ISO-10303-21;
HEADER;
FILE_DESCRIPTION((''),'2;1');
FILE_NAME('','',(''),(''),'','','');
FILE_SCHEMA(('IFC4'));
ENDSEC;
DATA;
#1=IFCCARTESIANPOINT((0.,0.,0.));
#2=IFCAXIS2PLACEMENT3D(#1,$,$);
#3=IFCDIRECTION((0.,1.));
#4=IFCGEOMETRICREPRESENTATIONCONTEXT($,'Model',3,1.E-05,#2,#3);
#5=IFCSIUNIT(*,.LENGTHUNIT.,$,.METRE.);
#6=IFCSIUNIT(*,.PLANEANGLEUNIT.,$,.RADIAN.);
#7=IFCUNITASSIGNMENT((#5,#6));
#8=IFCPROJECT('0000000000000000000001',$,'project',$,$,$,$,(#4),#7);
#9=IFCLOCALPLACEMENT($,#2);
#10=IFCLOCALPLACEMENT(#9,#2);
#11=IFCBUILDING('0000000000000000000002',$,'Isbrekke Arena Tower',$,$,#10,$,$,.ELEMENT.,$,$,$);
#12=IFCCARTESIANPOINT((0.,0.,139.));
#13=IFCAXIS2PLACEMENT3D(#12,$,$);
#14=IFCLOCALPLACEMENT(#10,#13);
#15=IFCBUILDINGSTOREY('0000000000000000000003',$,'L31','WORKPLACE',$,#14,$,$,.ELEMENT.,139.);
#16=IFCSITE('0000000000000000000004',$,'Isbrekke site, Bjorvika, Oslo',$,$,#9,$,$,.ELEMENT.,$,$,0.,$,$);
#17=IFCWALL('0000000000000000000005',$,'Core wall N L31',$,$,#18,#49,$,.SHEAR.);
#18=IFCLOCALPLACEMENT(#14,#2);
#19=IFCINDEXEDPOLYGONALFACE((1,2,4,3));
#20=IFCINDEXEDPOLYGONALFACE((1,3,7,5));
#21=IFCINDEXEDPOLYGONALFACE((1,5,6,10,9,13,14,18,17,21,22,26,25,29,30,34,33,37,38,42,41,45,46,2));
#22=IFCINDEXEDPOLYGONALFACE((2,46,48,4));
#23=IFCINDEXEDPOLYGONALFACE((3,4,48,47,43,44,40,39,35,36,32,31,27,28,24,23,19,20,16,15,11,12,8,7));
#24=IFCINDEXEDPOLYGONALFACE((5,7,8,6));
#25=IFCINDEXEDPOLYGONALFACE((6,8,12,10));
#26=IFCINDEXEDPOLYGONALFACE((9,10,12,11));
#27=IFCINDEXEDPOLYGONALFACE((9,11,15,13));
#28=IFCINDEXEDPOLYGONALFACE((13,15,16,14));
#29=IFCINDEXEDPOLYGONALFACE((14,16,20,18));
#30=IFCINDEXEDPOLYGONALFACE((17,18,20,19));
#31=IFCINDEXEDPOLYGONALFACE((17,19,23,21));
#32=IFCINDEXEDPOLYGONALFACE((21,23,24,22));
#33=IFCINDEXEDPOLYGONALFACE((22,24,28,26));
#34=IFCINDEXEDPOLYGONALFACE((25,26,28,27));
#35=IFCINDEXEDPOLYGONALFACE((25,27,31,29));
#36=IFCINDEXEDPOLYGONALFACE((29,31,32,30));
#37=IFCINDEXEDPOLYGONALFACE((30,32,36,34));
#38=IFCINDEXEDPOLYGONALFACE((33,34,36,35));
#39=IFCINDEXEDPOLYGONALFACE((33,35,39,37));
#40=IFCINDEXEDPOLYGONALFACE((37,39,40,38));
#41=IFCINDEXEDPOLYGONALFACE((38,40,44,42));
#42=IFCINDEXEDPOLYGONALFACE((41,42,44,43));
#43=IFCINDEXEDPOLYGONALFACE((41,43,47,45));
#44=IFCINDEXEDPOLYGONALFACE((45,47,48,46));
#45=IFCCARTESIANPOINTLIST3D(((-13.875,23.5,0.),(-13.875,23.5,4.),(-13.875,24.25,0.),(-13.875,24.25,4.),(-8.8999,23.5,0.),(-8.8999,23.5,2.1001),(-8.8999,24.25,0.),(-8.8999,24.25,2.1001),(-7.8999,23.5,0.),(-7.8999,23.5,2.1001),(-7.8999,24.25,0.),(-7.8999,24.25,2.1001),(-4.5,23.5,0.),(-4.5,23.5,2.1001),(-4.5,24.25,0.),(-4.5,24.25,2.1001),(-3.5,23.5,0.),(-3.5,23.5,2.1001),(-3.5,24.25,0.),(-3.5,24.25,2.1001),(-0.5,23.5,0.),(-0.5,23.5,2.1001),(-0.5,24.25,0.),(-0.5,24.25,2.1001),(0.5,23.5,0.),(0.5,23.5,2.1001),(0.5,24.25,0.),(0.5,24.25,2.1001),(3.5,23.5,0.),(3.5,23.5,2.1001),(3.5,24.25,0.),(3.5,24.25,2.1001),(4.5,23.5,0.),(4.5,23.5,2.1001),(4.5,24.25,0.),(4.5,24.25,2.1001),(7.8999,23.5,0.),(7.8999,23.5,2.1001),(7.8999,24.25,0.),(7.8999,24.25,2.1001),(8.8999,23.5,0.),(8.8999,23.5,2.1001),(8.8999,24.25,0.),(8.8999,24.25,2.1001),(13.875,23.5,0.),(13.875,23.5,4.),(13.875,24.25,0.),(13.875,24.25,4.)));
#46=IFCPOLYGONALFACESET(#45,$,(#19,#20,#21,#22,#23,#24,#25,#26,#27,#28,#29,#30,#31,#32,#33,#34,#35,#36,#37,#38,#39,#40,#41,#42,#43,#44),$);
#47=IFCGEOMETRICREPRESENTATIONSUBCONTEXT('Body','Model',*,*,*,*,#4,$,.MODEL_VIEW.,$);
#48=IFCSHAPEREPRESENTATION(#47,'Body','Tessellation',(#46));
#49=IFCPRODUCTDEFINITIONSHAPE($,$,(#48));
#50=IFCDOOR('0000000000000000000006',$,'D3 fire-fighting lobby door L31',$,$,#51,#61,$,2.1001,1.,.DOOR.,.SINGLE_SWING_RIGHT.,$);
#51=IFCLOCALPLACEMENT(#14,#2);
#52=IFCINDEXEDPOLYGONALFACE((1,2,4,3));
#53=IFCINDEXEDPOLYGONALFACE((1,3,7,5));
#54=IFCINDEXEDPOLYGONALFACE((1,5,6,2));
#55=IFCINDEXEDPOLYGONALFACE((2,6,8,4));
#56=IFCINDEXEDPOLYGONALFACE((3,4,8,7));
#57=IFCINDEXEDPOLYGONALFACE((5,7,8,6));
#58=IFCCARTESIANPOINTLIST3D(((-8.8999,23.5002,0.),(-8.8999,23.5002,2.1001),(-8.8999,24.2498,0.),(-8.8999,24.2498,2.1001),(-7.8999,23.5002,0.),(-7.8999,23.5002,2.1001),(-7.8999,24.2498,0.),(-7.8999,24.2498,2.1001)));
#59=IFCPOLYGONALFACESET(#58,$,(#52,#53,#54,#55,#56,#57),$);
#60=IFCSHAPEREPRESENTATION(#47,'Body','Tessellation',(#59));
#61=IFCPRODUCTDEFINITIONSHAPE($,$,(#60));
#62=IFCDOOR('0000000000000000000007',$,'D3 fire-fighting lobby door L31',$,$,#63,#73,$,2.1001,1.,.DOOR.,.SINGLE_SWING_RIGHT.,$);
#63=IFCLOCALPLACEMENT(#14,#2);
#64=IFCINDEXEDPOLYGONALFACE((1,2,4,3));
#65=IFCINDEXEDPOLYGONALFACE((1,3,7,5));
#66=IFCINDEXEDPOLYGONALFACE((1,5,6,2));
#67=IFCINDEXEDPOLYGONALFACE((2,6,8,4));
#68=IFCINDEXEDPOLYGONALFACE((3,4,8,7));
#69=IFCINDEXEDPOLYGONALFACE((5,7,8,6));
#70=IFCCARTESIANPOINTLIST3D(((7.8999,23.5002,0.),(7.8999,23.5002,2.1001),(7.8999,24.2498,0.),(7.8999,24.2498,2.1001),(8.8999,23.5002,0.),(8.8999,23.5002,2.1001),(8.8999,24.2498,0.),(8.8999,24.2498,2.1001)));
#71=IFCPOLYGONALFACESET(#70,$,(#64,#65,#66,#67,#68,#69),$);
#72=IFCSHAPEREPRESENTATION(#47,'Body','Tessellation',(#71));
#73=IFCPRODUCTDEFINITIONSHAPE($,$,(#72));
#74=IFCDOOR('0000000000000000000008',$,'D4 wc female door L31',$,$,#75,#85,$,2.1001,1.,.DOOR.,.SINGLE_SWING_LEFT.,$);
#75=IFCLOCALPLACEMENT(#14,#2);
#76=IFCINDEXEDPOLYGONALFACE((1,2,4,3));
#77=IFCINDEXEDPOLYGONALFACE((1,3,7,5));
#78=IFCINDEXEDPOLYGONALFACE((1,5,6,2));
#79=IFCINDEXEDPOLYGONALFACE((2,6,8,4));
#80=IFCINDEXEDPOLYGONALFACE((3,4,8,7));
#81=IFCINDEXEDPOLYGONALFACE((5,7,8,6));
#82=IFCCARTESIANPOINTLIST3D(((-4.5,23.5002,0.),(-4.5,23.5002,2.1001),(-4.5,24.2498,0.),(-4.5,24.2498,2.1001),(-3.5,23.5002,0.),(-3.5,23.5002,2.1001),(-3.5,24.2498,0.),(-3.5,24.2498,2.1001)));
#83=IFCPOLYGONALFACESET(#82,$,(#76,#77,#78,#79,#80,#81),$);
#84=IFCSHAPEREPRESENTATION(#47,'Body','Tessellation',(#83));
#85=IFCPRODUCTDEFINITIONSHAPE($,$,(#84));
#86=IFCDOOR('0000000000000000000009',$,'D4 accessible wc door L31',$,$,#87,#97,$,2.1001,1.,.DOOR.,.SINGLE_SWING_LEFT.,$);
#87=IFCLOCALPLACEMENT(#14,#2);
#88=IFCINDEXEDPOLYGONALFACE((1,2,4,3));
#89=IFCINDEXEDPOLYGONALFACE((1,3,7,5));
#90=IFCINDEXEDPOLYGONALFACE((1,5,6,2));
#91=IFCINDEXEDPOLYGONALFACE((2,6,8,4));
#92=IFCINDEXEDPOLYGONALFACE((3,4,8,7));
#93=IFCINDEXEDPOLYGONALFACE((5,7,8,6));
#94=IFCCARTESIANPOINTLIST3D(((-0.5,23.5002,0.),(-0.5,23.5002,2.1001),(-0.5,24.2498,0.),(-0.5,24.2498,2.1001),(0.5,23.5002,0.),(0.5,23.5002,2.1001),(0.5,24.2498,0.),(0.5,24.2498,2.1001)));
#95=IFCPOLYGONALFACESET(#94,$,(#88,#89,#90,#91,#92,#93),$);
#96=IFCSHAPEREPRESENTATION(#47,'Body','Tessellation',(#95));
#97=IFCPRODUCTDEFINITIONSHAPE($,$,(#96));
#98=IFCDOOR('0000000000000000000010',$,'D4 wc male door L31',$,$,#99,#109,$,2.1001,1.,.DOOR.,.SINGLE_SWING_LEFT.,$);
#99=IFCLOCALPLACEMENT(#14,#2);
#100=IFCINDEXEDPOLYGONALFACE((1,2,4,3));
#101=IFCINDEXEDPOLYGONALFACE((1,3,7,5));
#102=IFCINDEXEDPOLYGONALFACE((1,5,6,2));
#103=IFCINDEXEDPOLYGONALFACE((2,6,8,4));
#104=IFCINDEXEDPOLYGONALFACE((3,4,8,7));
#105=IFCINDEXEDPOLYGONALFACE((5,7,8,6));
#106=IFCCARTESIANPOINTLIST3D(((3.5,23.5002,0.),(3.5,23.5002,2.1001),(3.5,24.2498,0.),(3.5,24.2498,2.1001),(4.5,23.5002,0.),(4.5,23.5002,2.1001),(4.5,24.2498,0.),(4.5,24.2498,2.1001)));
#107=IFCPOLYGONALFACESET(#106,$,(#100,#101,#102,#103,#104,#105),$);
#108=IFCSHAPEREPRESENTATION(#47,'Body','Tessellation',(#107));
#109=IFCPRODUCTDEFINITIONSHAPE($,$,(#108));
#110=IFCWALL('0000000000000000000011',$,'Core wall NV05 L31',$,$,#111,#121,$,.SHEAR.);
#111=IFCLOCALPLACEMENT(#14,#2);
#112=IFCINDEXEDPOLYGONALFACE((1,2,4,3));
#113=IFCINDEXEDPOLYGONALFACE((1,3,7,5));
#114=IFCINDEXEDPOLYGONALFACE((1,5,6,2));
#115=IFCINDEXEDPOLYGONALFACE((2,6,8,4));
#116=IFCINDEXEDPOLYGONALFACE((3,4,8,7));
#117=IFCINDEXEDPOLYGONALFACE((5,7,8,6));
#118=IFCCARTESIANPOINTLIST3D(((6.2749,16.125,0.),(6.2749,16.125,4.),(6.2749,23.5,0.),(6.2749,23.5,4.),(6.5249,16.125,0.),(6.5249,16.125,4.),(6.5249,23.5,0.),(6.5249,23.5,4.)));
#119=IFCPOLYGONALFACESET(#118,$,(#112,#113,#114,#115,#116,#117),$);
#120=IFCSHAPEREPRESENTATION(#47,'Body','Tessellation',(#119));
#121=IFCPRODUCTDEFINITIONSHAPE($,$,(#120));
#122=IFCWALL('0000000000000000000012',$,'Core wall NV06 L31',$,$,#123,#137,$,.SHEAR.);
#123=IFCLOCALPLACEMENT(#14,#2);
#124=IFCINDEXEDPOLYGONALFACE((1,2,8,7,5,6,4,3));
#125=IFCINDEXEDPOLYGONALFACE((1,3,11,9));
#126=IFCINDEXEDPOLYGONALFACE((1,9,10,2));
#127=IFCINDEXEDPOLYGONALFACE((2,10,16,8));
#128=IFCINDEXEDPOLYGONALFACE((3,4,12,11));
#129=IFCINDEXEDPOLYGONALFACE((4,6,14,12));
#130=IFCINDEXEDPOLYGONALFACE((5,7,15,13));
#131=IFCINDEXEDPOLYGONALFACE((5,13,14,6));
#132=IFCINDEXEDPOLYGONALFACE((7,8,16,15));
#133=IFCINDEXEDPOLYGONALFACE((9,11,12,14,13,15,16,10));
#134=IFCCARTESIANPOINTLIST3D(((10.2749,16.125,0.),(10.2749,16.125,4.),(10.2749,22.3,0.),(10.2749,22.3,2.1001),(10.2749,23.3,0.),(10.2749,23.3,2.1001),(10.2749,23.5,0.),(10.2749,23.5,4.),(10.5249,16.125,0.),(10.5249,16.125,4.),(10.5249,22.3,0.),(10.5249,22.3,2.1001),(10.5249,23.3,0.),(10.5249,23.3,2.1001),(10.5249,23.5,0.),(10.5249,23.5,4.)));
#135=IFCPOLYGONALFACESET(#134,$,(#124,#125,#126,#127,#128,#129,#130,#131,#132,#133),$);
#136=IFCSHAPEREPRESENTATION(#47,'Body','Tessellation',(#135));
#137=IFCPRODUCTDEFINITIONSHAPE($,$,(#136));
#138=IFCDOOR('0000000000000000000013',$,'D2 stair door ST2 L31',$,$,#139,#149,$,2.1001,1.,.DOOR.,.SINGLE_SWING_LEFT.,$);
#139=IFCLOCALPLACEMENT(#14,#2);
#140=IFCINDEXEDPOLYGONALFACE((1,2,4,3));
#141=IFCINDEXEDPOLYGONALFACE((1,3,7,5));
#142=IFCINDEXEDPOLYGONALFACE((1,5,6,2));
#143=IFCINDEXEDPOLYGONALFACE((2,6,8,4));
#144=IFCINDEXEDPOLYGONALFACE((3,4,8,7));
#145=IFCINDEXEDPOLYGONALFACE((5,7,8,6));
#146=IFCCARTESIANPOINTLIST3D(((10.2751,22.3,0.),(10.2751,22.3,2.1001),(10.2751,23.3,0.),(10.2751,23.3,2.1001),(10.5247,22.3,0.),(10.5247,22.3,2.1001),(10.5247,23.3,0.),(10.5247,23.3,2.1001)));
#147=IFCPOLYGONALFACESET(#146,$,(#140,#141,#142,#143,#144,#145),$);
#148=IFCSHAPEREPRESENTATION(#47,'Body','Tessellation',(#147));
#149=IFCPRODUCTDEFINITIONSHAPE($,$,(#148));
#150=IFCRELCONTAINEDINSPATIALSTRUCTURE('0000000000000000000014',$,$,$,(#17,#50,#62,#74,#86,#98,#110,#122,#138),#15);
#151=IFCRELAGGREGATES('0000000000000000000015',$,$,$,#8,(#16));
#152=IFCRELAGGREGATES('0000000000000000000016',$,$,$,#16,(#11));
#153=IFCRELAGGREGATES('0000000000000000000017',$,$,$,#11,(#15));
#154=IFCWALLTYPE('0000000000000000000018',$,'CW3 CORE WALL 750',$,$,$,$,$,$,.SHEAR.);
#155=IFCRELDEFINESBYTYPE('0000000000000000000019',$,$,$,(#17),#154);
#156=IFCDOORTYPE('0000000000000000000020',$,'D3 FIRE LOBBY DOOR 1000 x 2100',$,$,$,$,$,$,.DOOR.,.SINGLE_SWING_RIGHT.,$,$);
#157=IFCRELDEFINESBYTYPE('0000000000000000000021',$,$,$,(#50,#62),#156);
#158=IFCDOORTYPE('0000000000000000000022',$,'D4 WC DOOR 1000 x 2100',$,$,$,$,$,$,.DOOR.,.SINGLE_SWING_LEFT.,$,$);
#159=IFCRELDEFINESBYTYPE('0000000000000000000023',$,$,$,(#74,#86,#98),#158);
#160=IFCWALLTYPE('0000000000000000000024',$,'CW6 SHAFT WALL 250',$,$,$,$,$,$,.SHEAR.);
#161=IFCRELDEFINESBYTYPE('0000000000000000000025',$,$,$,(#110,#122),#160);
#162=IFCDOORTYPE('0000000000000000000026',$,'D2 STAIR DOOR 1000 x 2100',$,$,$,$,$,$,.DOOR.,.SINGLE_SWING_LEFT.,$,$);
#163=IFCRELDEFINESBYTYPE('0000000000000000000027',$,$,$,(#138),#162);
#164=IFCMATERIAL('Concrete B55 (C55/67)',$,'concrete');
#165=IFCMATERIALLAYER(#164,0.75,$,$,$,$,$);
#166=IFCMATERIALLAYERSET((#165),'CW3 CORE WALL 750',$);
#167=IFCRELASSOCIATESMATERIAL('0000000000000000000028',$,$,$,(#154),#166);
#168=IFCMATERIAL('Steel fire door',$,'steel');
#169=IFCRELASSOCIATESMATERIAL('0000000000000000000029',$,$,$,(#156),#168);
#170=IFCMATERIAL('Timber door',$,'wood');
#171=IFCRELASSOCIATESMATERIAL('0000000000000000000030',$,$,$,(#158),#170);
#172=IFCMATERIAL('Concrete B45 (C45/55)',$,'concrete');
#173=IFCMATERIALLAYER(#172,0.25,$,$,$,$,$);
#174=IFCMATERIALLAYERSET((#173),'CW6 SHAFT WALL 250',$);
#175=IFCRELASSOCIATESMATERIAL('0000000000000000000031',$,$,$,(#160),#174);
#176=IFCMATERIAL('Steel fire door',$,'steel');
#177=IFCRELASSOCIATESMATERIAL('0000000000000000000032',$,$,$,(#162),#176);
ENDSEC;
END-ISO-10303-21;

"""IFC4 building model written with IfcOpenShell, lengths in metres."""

from ifc_helpers import new_model, si_unit, direction, frame, frame_2d, origin, place, context, subcontext, project, spatial, rectangle, extrude, material, layer, layer_set, type_object, element, fill, save


model = new_model("IFC4")

# Units and contexts
model_context = context("Model", 3, precision=1e-05, world=origin(), true_north=direction((0.0, 1.0)))
body_context = subcontext(model_context, "Body", "Model", "MODEL_VIEW")
ifc_project = project(units=[si_unit("LENGTHUNIT", "METRE"), si_unit("PLANEANGLEUNIT", "RADIAN")], contexts=[model_context])

# Site, building, storey
site_placement = place(None, origin())
site = spatial("IfcSite", under=ifc_project, at=site_placement, Name="Isbrekke site, Bjorvika, Oslo", CompositionType="ELEMENT", RefElevation=0.0)
building_placement = place(site_placement, origin())
building = spatial("IfcBuilding", under=site, at=building_placement, Name="Isbrekke Arena Tower", CompositionType="ELEMENT")
storey_placement = place(building_placement, frame((0.0, 0.0, 139.0)))
storey = spatial("IfcBuildingStorey", under=building, at=storey_placement, Name="L31", Description="WORKPLACE", CompositionType="ELEMENT", Elevation=139.0)

# Wall, openings, doors
ifc_material_1 = material(Name="Concrete B55 (C55/67)", Category="concrete")
ifc_layer_1 = layer(ifc_material_1, 0.75)
ifc_layer_set_1 = layer_set([ifc_layer_1], Name="CW3 CORE WALL 750")
wall_type_1 = type_object("IfcWallType", Name="CW3 CORE WALL 750", PredefinedType="SHEAR", material=ifc_layer_set_1)
wall_1_placement = place(storey_placement, frame((13.875, 23.875, 0.0), z_axis=(0.0, 0.0, 1.0), x_axis=(-1.0, 0.0, 0.0)))
wall_1 = element("IfcWall", 1, at=wall_1_placement, inside=storey, type_object=wall_type_1, Name="Core wall N L31", PredefinedType="SHEAR", context=body_context, shape_type="SweptSolid", body=[
    extrude(rectangle(XDim=27.75, YDim=0.75, at=frame_2d((13.875, 0.0))), origin(), (0.0, 0.0, 1.0), 4.0),
])
opening_1_placement = place(wall_1_placement, frame((21.7749, 0.0, 0.0)))
opening_1 = element("IfcOpeningElement", 2, at=opening_1_placement, cuts=wall_1, PredefinedType="OPENING", context=body_context, shape_type="SweptSolid", body=[
    extrude(rectangle(XDim=1.0, YDim=2.1001, at=frame_2d((0.5, 1.05))), frame((0.0, 0.3899, 0.0), z_axis=(0.0, -1.0, 0.0), x_axis=(1.0, 0.0, 0.0)), (0.0, 0.0, 1.0), 0.7798),
])
opening_2_placement = place(wall_1_placement, frame((4.9751, 0.0, 0.0)))
opening_2 = element("IfcOpeningElement", 3, at=opening_2_placement, cuts=wall_1, PredefinedType="OPENING", context=body_context, shape_type="SweptSolid", body=[
    extrude(rectangle(XDim=1.0, YDim=2.1001, at=frame_2d((0.5, 1.05))), frame((0.0, 0.3899, 0.0), z_axis=(0.0, -1.0, 0.0), x_axis=(1.0, 0.0, 0.0)), (0.0, 0.0, 1.0), 0.7798),
])
opening_3_placement = place(wall_1_placement, frame((17.375, 0.0, 0.0)))
opening_3 = element("IfcOpeningElement", 4, at=opening_3_placement, cuts=wall_1, PredefinedType="OPENING", context=body_context, shape_type="SweptSolid", body=[
    extrude(rectangle(XDim=1.0, YDim=2.1001, at=frame_2d((0.5, 1.05))), frame((0.0, 0.3899, 0.0), z_axis=(0.0, -1.0, 0.0), x_axis=(1.0, 0.0, 0.0)), (0.0, 0.0, 1.0), 0.7798),
])
opening_4_placement = place(wall_1_placement, frame((13.375, 0.0, 0.0)))
opening_4 = element("IfcOpeningElement", 5, at=opening_4_placement, cuts=wall_1, PredefinedType="OPENING", context=body_context, shape_type="SweptSolid", body=[
    extrude(rectangle(XDim=1.0, YDim=2.1001, at=frame_2d((0.5, 1.05))), frame((0.0, 0.3899, 0.0), z_axis=(0.0, -1.0, 0.0), x_axis=(1.0, 0.0, 0.0)), (0.0, 0.0, 1.0), 0.7798),
])
opening_5_placement = place(wall_1_placement, frame((9.375, 0.0, 0.0)))
opening_5 = element("IfcOpeningElement", 6, at=opening_5_placement, cuts=wall_1, PredefinedType="OPENING", context=body_context, shape_type="SweptSolid", body=[
    extrude(rectangle(XDim=1.0, YDim=2.1001, at=frame_2d((0.5, 1.05))), frame((0.0, 0.3899, 0.0), z_axis=(0.0, -1.0, 0.0), x_axis=(1.0, 0.0, 0.0)), (0.0, 0.0, 1.0), 0.7798),
])
ifc_material_2 = material(Name="Steel fire door", Category="steel")
door_type_1 = type_object("IfcDoorType", Name="D3 FIRE LOBBY DOOR 1000 x 2100", OperationType="SINGLE_SWING_RIGHT", PredefinedType="DOOR", material=ifc_material_2)
door_1_placement = place(opening_1_placement, origin())
door_1 = element("IfcDoor", 7, at=door_1_placement, inside=storey, type_object=door_type_1, Name="D3 fire-fighting lobby door L31", OperationType="SINGLE_SWING_RIGHT", OverallHeight=2.1001, OverallWidth=1.0, PredefinedType="DOOR", context=body_context, shape_type="SweptSolid", body=[
    extrude(rectangle(XDim=1.0, YDim=2.1001, at=frame_2d((0.5, 1.05))), frame((0.0, 0.3748, 0.0), z_axis=(0.0, -1.0, 0.0), x_axis=(1.0, 0.0, 0.0)), (0.0, 0.0, 1.0), 0.7495),
])
fill(opening_1, door_1)
door_2_placement = place(opening_2_placement, origin())
door_2 = element("IfcDoor", 8, at=door_2_placement, inside=storey, type_object=door_type_1, Name="D3 fire-fighting lobby door L31", OperationType="SINGLE_SWING_RIGHT", OverallHeight=2.1001, OverallWidth=1.0, PredefinedType="DOOR", context=body_context, shape_type="SweptSolid", body=[
    extrude(rectangle(XDim=1.0, YDim=2.1001, at=frame_2d((0.5, 1.05))), frame((0.0, 0.3748, 0.0), z_axis=(0.0, -1.0, 0.0), x_axis=(1.0, 0.0, 0.0)), (0.0, 0.0, 1.0), 0.7495),
])
fill(opening_2, door_2)
ifc_material_3 = material(Name="Timber door", Category="wood")
door_type_2 = type_object("IfcDoorType", Name="D4 WC DOOR 1000 x 2100", OperationType="SINGLE_SWING_LEFT", PredefinedType="DOOR", material=ifc_material_3)
door_3_placement = place(opening_3_placement, origin())
door_3 = element("IfcDoor", 9, at=door_3_placement, inside=storey, type_object=door_type_2, Name="D4 wc female door L31", OperationType="SINGLE_SWING_LEFT", OverallHeight=2.1001, OverallWidth=1.0, PredefinedType="DOOR", context=body_context, shape_type="SweptSolid", body=[
    extrude(rectangle(XDim=1.0, YDim=2.1001, at=frame_2d((0.5, 1.05))), frame((0.0, 0.3748, 0.0), z_axis=(0.0, -1.0, 0.0), x_axis=(1.0, 0.0, 0.0)), (0.0, 0.0, 1.0), 0.7495),
])
fill(opening_3, door_3)
door_4_placement = place(opening_4_placement, origin())
door_4 = element("IfcDoor", 10, at=door_4_placement, inside=storey, type_object=door_type_2, Name="D4 accessible wc door L31", OperationType="SINGLE_SWING_LEFT", OverallHeight=2.1001, OverallWidth=1.0, PredefinedType="DOOR", context=body_context, shape_type="SweptSolid", body=[
    extrude(rectangle(XDim=1.0, YDim=2.1001, at=frame_2d((0.5, 1.05))), frame((0.0, 0.3748, 0.0), z_axis=(0.0, -1.0, 0.0), x_axis=(1.0, 0.0, 0.0)), (0.0, 0.0, 1.0), 0.7495),
])
fill(opening_4, door_4)
door_5_placement = place(opening_5_placement, origin())
door_5 = element("IfcDoor", 11, at=door_5_placement, inside=storey, type_object=door_type_2, Name="D4 wc male door L31", OperationType="SINGLE_SWING_LEFT", OverallHeight=2.1001, OverallWidth=1.0, PredefinedType="DOOR", context=body_context, shape_type="SweptSolid", body=[
    extrude(rectangle(XDim=1.0, YDim=2.1001, at=frame_2d((0.5, 1.05))), frame((0.0, 0.3748, 0.0), z_axis=(0.0, -1.0, 0.0), x_axis=(1.0, 0.0, 0.0)), (0.0, 0.0, 1.0), 0.7495),
])
fill(opening_5, door_5)

# Wall
ifc_material_4 = material(Name="Concrete B45 (C45/55)", Category="concrete")
ifc_layer_2 = layer(ifc_material_4, 0.25)
ifc_layer_set_2 = layer_set([ifc_layer_2], Name="CW6 SHAFT WALL 250")
wall_type_2 = type_object("IfcWallType", Name="CW6 SHAFT WALL 250", PredefinedType="SHEAR", material=ifc_layer_set_2)
wall_2_placement = place(storey_placement, frame((6.3999, 16.125, 0.0), z_axis=(0.0, 0.0, 1.0), x_axis=(0.0, 1.0, 0.0)))
element("IfcWall", 12, at=wall_2_placement, inside=storey, type_object=wall_type_2, Name="Core wall NV05 L31", PredefinedType="SHEAR", context=body_context, shape_type="SweptSolid", body=[
    extrude(rectangle(XDim=7.375, YDim=0.25, at=frame_2d((3.6875, 0.0))), origin(), (0.0, 0.0, 1.0), 4.0),
])

# Wall, opening, door
wall_3_placement = place(storey_placement, frame((10.3999, 16.125, 0.0), z_axis=(0.0, 0.0, 1.0), x_axis=(0.0, 1.0, 0.0)))
wall_3 = element("IfcWall", 13, at=wall_3_placement, inside=storey, type_object=wall_type_2, Name="Core wall NV06 L31", PredefinedType="SHEAR", context=body_context, shape_type="SweptSolid", body=[
    extrude(rectangle(XDim=7.375, YDim=0.25, at=frame_2d((3.6875, 0.0))), origin(), (0.0, 0.0, 1.0), 4.0),
])
opening_6_placement = place(wall_3_placement, frame((6.175, 0.0, 0.0)))
opening_6 = element("IfcOpeningElement", 14, at=opening_6_placement, cuts=wall_3, PredefinedType="OPENING", context=body_context, shape_type="SweptSolid", body=[
    extrude(rectangle(XDim=1.0, YDim=2.1001, at=frame_2d((0.5, 1.05))), frame((0.0, 0.1399, 0.0), z_axis=(0.0, -1.0, 0.0), x_axis=(1.0, 0.0, 0.0)), (0.0, 0.0, 1.0), 0.2798),
])
ifc_material_5 = material(Name="Steel fire door", Category="steel")
door_type_3 = type_object("IfcDoorType", Name="D2 STAIR DOOR 1000 x 2100", OperationType="SINGLE_SWING_LEFT", PredefinedType="DOOR", material=ifc_material_5)
door_6_placement = place(opening_6_placement, origin())
door_6 = element("IfcDoor", 15, at=door_6_placement, inside=storey, type_object=door_type_3, Name="D2 stair door ST2 L31", OperationType="SINGLE_SWING_LEFT", OverallHeight=2.1001, OverallWidth=1.0, PredefinedType="DOOR", context=body_context, shape_type="SweptSolid", body=[
    extrude(rectangle(XDim=1.0, YDim=2.1001, at=frame_2d((0.5, 1.05))), frame((0.0, 0.1248, 0.0), z_axis=(0.0, -1.0, 0.0), x_axis=(1.0, 0.0, 0.0)), (0.0, 0.0, 1.0), 0.2495),
])
fill(opening_6, door_6)

save(model, "model.ifc")
